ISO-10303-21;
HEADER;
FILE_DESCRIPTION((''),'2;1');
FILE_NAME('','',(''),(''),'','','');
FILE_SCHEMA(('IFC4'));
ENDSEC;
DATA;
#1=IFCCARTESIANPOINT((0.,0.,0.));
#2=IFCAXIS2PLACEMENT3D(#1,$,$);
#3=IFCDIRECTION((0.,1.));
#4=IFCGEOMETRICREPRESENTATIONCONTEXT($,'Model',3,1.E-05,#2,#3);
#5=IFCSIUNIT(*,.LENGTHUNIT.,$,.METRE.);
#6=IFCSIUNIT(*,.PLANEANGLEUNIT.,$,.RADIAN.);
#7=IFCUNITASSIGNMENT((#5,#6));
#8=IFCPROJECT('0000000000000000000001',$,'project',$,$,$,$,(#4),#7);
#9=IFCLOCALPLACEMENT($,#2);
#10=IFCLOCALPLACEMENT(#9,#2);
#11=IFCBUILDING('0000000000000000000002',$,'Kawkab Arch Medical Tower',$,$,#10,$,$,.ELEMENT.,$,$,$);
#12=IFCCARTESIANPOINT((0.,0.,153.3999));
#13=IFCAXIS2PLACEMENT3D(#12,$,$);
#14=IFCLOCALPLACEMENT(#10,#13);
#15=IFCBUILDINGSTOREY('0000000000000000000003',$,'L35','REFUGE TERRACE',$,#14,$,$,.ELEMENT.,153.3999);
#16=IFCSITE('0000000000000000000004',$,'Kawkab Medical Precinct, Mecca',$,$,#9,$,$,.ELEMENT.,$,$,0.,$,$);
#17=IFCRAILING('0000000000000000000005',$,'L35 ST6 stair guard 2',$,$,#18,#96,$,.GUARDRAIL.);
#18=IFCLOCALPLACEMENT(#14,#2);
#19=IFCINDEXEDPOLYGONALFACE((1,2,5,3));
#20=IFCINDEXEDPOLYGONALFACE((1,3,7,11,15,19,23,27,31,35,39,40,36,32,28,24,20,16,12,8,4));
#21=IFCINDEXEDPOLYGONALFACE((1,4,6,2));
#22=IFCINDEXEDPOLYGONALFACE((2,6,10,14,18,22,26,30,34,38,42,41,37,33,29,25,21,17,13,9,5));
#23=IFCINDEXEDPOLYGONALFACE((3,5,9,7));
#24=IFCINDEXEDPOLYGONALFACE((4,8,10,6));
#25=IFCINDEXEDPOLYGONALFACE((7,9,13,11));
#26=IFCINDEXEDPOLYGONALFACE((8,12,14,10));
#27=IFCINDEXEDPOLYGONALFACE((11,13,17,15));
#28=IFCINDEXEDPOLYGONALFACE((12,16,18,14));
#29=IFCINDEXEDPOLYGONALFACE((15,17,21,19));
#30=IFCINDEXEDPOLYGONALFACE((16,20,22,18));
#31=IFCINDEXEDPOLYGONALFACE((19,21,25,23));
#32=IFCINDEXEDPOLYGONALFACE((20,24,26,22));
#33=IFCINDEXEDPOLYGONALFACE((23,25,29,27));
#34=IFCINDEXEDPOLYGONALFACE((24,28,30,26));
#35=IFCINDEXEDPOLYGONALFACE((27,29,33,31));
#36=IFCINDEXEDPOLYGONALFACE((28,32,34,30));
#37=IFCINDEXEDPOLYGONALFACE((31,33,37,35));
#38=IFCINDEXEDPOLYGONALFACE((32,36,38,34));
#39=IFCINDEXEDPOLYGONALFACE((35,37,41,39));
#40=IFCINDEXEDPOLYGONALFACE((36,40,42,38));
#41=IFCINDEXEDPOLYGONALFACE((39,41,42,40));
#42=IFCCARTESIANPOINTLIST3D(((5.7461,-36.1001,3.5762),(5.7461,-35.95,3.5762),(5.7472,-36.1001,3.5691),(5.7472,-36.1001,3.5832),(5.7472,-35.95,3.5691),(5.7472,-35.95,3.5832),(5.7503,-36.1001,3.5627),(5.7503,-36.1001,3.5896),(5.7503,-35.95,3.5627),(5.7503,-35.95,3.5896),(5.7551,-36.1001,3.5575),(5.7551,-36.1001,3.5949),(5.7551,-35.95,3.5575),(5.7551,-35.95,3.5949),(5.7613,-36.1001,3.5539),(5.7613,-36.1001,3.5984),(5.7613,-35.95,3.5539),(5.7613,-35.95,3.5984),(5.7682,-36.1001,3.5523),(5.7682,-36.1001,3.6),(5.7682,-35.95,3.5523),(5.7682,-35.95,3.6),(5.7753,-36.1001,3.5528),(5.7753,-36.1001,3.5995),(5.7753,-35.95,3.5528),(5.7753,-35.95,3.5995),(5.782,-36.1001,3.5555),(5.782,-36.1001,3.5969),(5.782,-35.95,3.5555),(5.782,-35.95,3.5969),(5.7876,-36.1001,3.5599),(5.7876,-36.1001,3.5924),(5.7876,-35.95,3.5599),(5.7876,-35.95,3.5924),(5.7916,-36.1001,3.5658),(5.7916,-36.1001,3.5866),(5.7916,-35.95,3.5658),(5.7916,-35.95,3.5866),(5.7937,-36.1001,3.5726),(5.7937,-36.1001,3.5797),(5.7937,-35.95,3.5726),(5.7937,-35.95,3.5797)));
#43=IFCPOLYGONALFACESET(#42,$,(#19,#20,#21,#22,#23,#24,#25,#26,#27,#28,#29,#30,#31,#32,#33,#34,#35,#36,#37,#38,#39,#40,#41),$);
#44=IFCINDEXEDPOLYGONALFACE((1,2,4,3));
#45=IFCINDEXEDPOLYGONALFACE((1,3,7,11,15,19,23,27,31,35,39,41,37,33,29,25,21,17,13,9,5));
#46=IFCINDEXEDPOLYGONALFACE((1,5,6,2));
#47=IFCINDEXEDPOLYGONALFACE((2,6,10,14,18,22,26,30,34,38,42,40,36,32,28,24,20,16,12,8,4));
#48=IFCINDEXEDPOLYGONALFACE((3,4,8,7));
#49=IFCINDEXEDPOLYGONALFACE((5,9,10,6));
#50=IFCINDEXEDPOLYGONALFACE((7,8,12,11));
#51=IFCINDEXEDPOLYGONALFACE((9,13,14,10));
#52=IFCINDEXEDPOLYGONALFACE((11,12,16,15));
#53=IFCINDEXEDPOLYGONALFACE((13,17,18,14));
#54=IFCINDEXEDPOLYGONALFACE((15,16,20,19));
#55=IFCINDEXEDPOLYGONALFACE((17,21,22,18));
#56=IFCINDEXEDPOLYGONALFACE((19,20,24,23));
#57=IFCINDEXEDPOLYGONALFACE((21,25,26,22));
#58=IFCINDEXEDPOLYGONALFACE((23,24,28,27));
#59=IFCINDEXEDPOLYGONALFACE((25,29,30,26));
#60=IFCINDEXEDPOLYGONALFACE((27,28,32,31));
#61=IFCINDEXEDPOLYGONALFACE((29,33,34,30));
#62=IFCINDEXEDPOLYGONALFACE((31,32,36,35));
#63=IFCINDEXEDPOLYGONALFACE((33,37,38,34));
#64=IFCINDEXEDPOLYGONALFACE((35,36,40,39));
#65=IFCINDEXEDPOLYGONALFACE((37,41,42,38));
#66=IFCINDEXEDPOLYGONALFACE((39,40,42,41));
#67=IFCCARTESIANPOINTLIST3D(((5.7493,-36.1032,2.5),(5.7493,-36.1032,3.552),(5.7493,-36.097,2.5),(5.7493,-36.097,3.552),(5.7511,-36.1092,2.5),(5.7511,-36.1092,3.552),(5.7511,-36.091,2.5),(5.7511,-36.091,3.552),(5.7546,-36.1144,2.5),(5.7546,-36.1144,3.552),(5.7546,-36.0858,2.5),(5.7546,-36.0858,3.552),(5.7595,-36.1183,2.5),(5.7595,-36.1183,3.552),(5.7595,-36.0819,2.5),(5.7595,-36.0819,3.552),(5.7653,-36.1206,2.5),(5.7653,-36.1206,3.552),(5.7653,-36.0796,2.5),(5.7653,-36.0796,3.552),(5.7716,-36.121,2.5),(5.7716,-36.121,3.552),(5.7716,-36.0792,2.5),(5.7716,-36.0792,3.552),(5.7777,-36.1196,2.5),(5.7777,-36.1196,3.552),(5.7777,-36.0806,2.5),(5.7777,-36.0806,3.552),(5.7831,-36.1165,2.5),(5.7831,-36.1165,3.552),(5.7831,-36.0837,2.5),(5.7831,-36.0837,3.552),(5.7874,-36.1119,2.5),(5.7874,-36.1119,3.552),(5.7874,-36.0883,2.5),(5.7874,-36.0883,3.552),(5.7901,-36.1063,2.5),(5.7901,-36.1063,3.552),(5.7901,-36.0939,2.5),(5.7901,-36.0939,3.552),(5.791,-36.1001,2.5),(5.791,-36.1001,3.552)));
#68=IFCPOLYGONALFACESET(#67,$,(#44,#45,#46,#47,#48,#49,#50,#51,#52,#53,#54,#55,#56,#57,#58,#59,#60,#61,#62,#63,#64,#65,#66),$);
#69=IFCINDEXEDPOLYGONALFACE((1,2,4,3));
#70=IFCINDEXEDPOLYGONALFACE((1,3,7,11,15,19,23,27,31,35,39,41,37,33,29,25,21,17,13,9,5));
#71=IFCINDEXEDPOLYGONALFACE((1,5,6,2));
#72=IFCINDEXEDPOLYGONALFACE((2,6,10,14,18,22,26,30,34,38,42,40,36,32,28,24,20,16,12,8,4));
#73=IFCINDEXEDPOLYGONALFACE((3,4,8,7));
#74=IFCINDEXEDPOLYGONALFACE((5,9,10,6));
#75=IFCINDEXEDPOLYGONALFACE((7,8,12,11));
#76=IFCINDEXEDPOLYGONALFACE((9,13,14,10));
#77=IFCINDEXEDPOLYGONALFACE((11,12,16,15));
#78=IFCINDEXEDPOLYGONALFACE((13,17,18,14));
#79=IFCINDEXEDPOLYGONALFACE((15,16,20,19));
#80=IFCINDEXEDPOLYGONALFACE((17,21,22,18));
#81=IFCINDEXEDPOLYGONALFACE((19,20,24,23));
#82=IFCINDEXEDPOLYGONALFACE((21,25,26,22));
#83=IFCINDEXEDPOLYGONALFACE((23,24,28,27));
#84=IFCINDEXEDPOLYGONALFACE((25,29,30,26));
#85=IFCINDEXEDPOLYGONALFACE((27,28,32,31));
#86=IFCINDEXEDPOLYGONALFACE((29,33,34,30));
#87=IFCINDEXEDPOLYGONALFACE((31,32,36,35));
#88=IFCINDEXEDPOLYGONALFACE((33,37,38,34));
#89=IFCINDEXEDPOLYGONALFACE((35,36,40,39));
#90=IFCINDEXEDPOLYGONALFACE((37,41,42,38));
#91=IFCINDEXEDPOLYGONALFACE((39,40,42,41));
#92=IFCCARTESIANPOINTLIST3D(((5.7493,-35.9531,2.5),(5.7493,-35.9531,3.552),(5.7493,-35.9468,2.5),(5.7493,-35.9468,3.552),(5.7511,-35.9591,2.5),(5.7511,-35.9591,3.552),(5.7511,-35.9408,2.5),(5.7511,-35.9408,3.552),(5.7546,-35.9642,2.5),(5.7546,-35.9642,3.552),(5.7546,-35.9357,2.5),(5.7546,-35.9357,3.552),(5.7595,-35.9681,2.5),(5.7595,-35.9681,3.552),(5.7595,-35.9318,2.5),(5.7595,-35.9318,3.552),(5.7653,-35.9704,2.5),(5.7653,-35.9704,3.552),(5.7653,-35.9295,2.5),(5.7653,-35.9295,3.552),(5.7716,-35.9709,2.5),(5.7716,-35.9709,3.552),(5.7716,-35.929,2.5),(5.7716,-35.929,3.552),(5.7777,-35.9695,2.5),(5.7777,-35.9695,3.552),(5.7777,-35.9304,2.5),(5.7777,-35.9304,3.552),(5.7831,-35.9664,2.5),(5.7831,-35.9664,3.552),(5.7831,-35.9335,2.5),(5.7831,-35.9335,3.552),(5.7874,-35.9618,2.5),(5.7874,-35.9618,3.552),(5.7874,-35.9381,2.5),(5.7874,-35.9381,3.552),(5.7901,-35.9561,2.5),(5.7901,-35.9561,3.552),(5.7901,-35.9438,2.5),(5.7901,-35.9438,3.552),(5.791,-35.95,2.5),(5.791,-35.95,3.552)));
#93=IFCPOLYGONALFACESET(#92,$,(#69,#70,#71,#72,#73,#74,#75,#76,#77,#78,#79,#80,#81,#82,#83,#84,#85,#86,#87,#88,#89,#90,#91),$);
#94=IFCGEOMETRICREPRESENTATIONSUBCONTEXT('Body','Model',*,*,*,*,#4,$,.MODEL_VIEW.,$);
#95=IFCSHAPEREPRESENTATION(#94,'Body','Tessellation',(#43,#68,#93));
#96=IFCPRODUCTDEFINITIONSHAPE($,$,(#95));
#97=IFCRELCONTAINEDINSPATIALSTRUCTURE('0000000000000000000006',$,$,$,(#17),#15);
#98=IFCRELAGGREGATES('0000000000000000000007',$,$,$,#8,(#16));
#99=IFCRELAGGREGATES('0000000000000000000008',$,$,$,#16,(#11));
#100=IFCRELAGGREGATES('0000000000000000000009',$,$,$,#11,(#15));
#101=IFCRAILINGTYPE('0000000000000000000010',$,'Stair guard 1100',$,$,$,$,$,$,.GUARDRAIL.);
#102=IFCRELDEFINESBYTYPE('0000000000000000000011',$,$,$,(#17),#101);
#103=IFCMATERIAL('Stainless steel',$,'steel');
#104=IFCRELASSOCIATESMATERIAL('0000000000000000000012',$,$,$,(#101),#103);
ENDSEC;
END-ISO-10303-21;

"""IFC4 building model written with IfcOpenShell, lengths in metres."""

from ifc_helpers import new_model, si_unit, direction, frame, origin, origin_2d, place, context, subcontext, project, spatial, circle, extrude, material, type_object, element, save


model = new_model("IFC4")

# Units and contexts
model_context = context("Model", 3, precision=1e-05, world=origin(), true_north=direction((0.0, 1.0)))
body_context = subcontext(model_context, "Body", "Model", "MODEL_VIEW")
ifc_project = project(units=[si_unit("LENGTHUNIT", "METRE"), si_unit("PLANEANGLEUNIT", "RADIAN")], contexts=[model_context])

# Site, building, storey
site_placement = place(None, origin())
site = spatial("IfcSite", under=ifc_project, at=site_placement, Name="Kawkab Medical Precinct, Mecca", CompositionType="ELEMENT", RefElevation=0.0)
building_placement = place(site_placement, origin())
building = spatial("IfcBuilding", under=site, at=building_placement, Name="Kawkab Arch Medical Tower", CompositionType="ELEMENT")
storey_placement = place(building_placement, frame((0.0, 0.0, 153.3999)))
storey = spatial("IfcBuildingStorey", under=building, at=storey_placement, Name="L35", Description="REFUGE TERRACE", CompositionType="ELEMENT", Elevation=153.3999)

# Railing
ifc_material_1 = material(Name="Stainless steel", Category="steel")
railing_type = type_object("IfcRailingType", Name="Stair guard 1100", PredefinedType="GUARDRAIL", material=ifc_material_1)
railing_1_placement = place(storey_placement, frame((5.77, -36.1001, 2.5)))
element("IfcRailing", 1, at=railing_1_placement, inside=storey, type_object=railing_type, Name="L35 ST6 stair guard 2", PredefinedType="GUARDRAIL", context=body_context, shape_type="SweptSolid", body=[
    extrude(circle(Radius=0.0239, at=origin_2d()), frame((0.0, 0.0, 1.0762), z_axis=(0.0, 1.0, 0.0), x_axis=(-1.0, 0.0, 0.0)), (0.0, 0.0, 1.0), 0.1501),
    extrude(circle(Radius=0.021, at=origin_2d()), origin(), (0.0, 0.0, 1.0), 1.052),
    extrude(circle(Radius=0.021, at=origin_2d()), frame((0.0, 0.1501, 0.0)), (0.0, 0.0, 1.0), 1.052),
])

save(model, "model.ifc")
